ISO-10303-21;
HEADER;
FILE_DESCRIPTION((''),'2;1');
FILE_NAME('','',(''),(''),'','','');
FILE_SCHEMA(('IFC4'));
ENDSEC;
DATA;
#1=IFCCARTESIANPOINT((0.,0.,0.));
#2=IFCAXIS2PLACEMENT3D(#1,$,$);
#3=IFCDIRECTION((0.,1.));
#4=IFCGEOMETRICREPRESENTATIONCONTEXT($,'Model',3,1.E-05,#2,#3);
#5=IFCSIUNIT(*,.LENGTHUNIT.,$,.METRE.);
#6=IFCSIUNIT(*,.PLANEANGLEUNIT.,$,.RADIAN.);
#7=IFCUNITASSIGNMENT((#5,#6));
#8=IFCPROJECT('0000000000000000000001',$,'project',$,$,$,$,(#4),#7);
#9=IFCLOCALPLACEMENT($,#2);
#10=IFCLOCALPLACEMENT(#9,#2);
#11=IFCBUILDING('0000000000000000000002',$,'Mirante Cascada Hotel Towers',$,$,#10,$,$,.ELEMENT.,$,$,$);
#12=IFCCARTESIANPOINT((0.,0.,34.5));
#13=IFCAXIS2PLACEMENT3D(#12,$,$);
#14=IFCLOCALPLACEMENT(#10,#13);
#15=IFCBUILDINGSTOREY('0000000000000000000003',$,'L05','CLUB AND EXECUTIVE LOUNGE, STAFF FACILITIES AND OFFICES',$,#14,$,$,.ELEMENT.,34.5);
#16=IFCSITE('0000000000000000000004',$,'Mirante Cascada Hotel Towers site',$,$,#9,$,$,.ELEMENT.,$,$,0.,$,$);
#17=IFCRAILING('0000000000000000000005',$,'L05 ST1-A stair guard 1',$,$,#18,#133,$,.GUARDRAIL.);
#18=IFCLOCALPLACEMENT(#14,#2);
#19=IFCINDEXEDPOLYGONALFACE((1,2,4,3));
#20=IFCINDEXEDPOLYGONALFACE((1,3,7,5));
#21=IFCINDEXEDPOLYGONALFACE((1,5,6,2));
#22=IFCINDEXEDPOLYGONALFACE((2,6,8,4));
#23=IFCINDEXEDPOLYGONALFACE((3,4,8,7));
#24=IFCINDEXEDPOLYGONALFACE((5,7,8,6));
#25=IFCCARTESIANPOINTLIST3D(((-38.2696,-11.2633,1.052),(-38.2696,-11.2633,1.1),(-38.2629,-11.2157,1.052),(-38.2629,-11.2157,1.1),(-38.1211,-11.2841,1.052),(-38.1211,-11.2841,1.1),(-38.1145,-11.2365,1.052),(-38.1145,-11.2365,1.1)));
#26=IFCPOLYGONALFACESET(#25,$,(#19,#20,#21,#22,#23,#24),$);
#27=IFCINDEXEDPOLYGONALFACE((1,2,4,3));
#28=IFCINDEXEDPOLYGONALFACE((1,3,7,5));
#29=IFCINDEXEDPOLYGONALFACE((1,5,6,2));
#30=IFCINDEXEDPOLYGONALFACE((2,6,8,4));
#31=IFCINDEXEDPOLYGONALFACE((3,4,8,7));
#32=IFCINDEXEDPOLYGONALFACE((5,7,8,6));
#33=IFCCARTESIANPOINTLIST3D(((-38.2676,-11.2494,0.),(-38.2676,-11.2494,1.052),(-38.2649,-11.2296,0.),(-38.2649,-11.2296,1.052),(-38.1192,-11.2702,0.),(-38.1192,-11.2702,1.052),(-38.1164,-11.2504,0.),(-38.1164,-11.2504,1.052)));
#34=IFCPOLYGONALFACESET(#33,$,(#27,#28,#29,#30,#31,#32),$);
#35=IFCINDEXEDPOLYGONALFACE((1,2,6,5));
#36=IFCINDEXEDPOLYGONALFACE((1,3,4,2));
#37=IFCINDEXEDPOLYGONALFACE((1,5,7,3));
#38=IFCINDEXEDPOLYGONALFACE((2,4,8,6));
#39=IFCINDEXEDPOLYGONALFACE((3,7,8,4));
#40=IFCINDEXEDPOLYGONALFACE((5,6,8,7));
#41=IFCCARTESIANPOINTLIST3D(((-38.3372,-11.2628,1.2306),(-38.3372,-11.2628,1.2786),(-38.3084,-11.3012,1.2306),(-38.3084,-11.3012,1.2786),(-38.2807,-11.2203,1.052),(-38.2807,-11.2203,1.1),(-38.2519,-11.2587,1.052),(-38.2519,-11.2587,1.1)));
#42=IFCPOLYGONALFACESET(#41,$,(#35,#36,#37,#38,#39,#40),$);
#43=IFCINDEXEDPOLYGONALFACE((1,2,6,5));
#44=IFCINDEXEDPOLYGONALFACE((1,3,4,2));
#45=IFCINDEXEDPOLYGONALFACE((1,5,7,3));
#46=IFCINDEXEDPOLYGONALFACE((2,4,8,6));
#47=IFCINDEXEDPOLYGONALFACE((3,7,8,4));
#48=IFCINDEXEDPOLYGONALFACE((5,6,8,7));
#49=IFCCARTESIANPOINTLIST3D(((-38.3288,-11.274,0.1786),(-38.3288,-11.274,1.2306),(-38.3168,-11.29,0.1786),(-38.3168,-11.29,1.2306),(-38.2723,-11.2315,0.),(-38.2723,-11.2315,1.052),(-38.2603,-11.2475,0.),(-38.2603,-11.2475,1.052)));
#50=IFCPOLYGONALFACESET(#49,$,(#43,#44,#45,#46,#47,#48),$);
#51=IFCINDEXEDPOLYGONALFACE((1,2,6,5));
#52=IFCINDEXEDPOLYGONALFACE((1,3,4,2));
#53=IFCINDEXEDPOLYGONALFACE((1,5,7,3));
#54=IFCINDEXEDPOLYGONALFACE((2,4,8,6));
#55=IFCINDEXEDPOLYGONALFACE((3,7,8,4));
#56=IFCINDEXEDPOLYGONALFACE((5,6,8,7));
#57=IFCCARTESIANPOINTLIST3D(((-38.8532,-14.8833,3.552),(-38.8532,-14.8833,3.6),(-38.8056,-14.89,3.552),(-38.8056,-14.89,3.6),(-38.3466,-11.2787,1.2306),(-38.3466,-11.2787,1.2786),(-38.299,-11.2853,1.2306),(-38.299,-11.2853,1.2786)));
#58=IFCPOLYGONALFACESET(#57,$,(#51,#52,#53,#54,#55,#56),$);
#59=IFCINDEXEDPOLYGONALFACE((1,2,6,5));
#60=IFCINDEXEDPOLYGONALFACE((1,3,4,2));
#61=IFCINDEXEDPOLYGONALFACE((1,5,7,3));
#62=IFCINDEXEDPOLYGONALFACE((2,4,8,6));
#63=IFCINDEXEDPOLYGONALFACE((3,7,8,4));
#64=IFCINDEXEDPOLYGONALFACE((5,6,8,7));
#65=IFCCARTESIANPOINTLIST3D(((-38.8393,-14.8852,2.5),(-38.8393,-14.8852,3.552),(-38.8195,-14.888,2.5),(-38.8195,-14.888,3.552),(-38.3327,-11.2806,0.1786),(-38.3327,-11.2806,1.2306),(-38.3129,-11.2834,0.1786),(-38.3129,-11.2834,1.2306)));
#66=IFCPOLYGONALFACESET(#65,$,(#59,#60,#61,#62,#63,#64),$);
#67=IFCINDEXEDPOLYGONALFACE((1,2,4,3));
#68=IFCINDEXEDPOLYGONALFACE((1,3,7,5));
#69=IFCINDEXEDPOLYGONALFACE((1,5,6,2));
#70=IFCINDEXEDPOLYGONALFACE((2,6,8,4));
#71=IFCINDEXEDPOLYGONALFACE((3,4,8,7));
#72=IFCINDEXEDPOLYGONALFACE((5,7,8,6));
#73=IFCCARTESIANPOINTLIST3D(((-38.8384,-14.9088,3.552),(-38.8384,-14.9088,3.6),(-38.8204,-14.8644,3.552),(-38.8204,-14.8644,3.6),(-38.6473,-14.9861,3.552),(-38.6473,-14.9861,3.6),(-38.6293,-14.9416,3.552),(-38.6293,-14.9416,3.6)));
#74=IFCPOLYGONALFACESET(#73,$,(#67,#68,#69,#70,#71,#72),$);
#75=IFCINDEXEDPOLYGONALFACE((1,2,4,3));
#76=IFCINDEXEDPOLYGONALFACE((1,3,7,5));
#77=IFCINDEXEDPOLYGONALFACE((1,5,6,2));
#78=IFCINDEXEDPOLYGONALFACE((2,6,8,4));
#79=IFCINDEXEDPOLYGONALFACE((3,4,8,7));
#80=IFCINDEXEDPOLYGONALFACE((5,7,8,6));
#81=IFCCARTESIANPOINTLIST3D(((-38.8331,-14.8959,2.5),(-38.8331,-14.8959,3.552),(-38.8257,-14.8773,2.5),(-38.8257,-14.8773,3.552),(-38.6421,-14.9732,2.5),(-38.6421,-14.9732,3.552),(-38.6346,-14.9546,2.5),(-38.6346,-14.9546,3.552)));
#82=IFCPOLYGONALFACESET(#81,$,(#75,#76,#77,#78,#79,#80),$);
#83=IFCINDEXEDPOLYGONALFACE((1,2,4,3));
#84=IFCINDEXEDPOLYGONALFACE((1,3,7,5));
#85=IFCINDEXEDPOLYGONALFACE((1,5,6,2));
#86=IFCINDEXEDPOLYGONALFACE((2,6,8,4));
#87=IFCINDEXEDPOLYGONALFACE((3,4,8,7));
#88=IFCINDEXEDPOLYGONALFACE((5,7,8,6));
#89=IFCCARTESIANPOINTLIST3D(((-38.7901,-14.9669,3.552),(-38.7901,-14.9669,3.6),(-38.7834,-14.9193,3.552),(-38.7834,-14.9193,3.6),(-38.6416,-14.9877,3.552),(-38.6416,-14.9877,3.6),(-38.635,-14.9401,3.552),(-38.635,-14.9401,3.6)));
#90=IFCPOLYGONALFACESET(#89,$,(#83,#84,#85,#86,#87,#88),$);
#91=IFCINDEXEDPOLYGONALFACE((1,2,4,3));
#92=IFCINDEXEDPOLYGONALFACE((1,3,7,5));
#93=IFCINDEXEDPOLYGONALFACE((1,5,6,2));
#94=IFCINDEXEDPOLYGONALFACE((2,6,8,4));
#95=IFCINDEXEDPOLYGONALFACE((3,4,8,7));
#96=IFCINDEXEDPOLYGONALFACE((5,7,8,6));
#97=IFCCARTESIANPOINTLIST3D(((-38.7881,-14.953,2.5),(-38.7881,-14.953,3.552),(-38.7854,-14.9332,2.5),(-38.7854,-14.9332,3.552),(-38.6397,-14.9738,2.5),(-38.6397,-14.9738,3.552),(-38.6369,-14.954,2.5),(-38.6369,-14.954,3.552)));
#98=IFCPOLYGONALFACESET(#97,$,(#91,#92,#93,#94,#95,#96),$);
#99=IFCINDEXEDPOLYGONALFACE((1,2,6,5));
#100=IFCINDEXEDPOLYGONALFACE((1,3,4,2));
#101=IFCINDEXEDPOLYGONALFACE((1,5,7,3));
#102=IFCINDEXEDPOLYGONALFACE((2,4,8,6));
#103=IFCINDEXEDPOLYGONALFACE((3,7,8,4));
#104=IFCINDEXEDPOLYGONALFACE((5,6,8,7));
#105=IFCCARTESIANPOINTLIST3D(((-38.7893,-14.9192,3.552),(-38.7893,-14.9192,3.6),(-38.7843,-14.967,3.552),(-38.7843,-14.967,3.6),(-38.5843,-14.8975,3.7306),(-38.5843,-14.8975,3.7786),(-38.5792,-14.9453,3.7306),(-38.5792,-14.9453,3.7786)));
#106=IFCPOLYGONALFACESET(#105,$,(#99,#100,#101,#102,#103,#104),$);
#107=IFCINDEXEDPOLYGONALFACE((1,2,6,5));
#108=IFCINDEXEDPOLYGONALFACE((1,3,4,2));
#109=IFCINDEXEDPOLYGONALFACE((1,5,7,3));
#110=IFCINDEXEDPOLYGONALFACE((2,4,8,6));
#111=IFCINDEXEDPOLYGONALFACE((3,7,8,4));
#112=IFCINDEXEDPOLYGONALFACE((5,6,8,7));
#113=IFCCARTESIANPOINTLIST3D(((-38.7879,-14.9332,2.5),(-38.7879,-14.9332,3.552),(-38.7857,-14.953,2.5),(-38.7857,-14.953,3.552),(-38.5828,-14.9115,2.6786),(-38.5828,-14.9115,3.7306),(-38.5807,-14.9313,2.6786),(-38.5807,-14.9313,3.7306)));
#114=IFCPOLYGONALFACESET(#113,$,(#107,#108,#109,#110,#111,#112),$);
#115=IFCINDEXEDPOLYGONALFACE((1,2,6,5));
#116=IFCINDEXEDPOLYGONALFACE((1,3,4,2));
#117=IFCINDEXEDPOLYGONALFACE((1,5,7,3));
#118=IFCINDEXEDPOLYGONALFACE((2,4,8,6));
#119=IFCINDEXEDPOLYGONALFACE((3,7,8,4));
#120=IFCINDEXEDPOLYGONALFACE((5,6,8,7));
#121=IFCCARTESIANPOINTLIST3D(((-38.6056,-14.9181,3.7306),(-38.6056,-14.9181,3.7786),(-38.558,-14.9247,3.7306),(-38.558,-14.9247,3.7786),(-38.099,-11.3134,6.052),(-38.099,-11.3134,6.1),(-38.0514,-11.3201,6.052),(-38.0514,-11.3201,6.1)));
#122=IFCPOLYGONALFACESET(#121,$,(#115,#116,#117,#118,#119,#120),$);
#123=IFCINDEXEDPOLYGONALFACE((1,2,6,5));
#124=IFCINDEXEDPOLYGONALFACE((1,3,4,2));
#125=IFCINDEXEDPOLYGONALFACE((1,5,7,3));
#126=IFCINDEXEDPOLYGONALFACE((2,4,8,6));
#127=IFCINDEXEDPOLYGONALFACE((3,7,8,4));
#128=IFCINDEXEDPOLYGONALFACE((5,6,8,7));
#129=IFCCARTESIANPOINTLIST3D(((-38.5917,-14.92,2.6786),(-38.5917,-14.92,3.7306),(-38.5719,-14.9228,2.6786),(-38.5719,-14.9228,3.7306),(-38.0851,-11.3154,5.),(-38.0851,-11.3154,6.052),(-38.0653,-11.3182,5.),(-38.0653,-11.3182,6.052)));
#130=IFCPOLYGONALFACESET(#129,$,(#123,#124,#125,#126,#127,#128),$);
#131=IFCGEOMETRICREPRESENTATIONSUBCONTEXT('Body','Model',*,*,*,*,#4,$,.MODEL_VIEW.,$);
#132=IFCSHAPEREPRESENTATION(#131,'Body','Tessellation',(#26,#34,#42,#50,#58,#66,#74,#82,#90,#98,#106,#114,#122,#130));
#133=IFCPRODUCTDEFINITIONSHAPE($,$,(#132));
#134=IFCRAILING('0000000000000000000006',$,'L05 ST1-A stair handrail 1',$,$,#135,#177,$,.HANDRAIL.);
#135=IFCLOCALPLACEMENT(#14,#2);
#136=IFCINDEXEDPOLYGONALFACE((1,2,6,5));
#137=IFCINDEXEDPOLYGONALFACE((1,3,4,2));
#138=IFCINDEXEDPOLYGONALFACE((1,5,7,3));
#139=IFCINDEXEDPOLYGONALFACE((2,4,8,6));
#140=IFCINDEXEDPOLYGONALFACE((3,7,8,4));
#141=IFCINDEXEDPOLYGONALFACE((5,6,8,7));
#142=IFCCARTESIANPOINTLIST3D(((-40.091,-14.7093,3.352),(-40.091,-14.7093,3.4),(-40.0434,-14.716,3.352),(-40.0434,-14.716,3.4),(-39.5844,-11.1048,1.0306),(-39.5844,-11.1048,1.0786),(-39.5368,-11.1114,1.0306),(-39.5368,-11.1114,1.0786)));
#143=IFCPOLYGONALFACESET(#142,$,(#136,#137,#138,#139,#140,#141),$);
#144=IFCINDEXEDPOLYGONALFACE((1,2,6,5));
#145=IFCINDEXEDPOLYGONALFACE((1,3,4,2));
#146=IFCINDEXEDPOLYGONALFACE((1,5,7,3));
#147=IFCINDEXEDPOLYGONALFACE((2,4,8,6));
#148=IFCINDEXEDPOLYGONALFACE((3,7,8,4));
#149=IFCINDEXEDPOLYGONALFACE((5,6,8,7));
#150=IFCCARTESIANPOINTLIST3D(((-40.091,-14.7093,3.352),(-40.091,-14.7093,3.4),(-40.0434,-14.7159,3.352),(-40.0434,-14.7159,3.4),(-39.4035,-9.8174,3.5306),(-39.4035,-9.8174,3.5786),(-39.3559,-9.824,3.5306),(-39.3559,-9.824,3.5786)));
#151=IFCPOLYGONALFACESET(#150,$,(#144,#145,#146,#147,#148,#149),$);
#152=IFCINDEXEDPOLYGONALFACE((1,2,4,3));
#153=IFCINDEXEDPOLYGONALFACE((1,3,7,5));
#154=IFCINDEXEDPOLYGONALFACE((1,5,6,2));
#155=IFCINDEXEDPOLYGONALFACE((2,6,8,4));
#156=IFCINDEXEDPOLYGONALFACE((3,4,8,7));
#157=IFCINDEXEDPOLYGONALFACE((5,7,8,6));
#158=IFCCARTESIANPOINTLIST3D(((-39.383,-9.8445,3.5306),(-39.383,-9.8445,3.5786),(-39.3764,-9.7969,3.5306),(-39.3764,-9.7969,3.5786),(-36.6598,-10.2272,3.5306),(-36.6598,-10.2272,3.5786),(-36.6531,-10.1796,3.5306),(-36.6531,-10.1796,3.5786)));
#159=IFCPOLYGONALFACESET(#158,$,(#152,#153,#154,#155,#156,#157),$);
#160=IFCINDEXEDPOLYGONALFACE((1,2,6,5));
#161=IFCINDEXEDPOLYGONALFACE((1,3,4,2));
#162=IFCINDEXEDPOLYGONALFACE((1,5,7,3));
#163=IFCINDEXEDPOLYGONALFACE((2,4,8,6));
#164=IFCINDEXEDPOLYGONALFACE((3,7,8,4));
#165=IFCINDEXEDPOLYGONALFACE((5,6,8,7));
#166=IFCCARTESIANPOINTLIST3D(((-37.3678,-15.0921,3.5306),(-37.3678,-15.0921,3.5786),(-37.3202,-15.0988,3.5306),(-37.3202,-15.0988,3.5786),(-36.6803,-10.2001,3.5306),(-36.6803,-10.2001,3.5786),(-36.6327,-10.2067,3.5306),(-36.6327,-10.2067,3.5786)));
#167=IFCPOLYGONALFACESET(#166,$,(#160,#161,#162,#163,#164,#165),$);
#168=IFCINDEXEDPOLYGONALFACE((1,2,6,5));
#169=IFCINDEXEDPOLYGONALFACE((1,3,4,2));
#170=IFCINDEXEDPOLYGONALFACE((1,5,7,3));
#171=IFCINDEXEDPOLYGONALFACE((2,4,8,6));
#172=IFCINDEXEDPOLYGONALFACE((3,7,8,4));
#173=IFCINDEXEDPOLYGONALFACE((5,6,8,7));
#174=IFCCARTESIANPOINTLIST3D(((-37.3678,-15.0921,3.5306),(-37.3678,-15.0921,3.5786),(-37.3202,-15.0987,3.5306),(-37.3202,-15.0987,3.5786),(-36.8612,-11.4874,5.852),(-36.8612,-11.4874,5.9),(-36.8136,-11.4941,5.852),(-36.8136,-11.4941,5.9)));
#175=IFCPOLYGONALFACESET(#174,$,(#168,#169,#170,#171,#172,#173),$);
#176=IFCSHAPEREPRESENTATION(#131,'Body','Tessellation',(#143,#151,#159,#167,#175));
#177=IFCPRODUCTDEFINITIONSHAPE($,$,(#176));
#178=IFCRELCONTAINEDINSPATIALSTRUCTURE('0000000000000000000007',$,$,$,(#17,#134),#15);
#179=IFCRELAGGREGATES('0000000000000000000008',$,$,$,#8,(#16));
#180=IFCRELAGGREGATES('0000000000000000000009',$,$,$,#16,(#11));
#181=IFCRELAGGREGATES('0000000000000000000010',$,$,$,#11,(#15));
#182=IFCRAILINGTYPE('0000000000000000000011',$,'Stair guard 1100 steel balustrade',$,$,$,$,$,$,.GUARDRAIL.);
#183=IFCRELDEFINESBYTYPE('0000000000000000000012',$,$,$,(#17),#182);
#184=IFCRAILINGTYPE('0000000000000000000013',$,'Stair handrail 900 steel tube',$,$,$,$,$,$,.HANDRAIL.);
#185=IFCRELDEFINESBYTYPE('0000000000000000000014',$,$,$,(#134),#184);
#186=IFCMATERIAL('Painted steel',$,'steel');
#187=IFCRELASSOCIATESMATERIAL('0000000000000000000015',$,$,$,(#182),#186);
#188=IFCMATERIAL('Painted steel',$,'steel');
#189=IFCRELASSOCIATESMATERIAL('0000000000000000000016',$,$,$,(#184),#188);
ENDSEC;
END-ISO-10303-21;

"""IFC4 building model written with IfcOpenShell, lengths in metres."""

from ifc_helpers import new_model, si_unit, direction, frame, origin, origin_2d, place, context, subcontext, project, spatial, rectangle, extrude, material, type_object, element, save


model = new_model("IFC4")

# Units and contexts
model_context = context("Model", 3, precision=1e-05, world=origin(), true_north=direction((0.0, 1.0)))
body_context = subcontext(model_context, "Body", "Model", "MODEL_VIEW")
ifc_project = project(units=[si_unit("LENGTHUNIT", "METRE"), si_unit("PLANEANGLEUNIT", "RADIAN")], contexts=[model_context])

# Site, building, storey
site_placement = place(None, origin())
site = spatial("IfcSite", under=ifc_project, at=site_placement, Name="Mirante Cascada Hotel Towers site", CompositionType="ELEMENT", RefElevation=0.0)
building_placement = place(site_placement, origin())
building = spatial("IfcBuilding", under=site, at=building_placement, Name="Mirante Cascada Hotel Towers", CompositionType="ELEMENT")
storey_placement = place(building_placement, frame((0.0, 0.0, 34.5)))
storey = spatial("IfcBuildingStorey", under=building, at=storey_placement, Name="L05", Description="CLUB AND EXECUTIVE LOUNGE, STAFF FACILITIES AND OFFICES", CompositionType="ELEMENT", Elevation=34.5)

# Railings
ifc_material_1 = material(Name="Painted steel", Category="steel")
railing_type_1 = type_object("IfcRailingType", Name="Stair guard 1100 steel balustrade", PredefinedType="GUARDRAIL", material=ifc_material_1)
railing_1_placement = place(storey_placement, frame((-38.1178, -11.2603, 0.0)))
element("IfcRailing", 1, at=railing_1_placement, inside=storey, type_object=railing_type_1, Name="L05 ST1-A stair guard 1", PredefinedType="GUARDRAIL", context=body_context, shape_type="SweptSolid", body=[
    extrude(rectangle(XDim=0.048, YDim=0.048, at=origin_2d()), frame((0.0, 0.0, 1.076), z_axis=(-0.990333, 0.138713, 0.0), x_axis=(-0.138713, -0.990333, 0.0)), (0.0, 0.0, 1.0), 0.1499),
    extrude(rectangle(XDim=0.02, YDim=1.052, at=origin_2d()), frame((0.0, 0.0, 0.526), z_axis=(-0.990333, 0.138713, 0.0), x_axis=(-0.138713, -0.990333, 0.0)), (0.0, 0.0, 1.0), 0.1499),
    extrude(rectangle(XDim=0.048, YDim=0.048, at=origin_2d()), frame((-0.1485, 0.0208, 1.076), z_axis=(-0.79915, -0.601131, 0.0), x_axis=(0.601131, -0.79915, 0.0)), (0.0, 0.929799, 0.368067), 0.1921),
    extrude(rectangle(XDim=0.02, YDim=1.052, at=origin_2d()), frame((-0.1485, 0.0208, 0.526), z_axis=(-0.79915, -0.601131, 0.0), x_axis=(0.601131, -0.79915, 0.0)), (0.0, 0.929799, 0.368067), 0.1921),
    extrude(rectangle(XDim=0.048, YDim=0.048, at=origin_2d()), frame((-0.205, -0.0217, 1.2546), z_axis=(-0.139175, -0.990268, 0.0), x_axis=(0.990268, -0.139175, 0.0)), (0.0, 0.537703, 0.843134), 4.3173),
    extrude(rectangle(XDim=0.02, YDim=1.052, at=origin_2d()), frame((-0.205, -0.0217, 0.7046), z_axis=(-0.139175, -0.990268, 0.0), x_axis=(0.990268, -0.139175, 0.0)), (0.0, 0.537703, 0.843134), 4.3173),
    extrude(rectangle(XDim=0.048, YDim=0.048, at=origin_2d()), frame((-0.7116, -3.6263, 3.576), z_axis=(0.927031, -0.374984, 0.0), x_axis=(0.374984, 0.927031, 0.0)), (0.0, 0.0, 1.0), 0.2061),
    extrude(rectangle(XDim=0.02, YDim=1.052, at=origin_2d()), frame((-0.7116, -3.6263, 3.026), z_axis=(0.927031, -0.374984, 0.0), x_axis=(0.374984, 0.927031, 0.0)), (0.0, 0.0, 1.0), 0.2061),
    extrude(rectangle(XDim=0.048, YDim=0.048, at=origin_2d()), frame((-0.5205, -3.7036, 3.576), z_axis=(-0.990333, 0.138713, 0.0), x_axis=(-0.138713, -0.990333, 0.0)), (0.0, 0.0, 1.0), 0.1499),
    extrude(rectangle(XDim=0.02, YDim=1.052, at=origin_2d()), frame((-0.5205, -3.7036, 3.026), z_axis=(-0.990333, 0.138713, 0.0), x_axis=(-0.138713, -0.990333, 0.0)), (0.0, 0.0, 1.0), 0.1499),
    extrude(rectangle(XDim=0.048, YDim=0.048, at=origin_2d()), frame((-0.669, -3.6828, 3.576), z_axis=(0.994444, 0.105266, 0.0), x_axis=(-0.105266, 0.994444, 0.0)), (0.0, 0.654806, 0.755797), 0.2728),
    extrude(rectangle(XDim=0.02, YDim=1.052, at=origin_2d()), frame((-0.669, -3.6828, 3.026), z_axis=(0.994444, 0.105266, 0.0), x_axis=(-0.105266, 0.994444, 0.0)), (0.0, 0.654806, 0.755797), 0.2728),
    extrude(rectangle(XDim=0.048, YDim=0.048, at=origin_2d()), frame((-0.464, -3.6611, 3.7546), z_axis=(0.139175, 0.990268, 0.0), x_axis=(-0.990268, 0.139175, 0.0)), (0.0, 0.537703, 0.843134), 4.3173),
    extrude(rectangle(XDim=0.02, YDim=1.052, at=origin_2d()), frame((-0.464, -3.6611, 3.2046), z_axis=(0.139175, 0.990268, 0.0), x_axis=(-0.990268, 0.139175, 0.0)), (0.0, 0.537703, 0.843134), 4.3173),
])
ifc_material_2 = material(Name="Painted steel", Category="steel")
railing_type_2 = type_object("IfcRailingType", Name="Stair handrail 900 steel tube", PredefinedType="HANDRAIL", material=ifc_material_2)
railing_2_placement = place(storey_placement, frame((-39.5606, -11.1081, 0.1786)))
element("IfcRailing", 2, at=railing_2_placement, inside=storey, type_object=railing_type_2, Name="L05 ST1-A stair handrail 1", PredefinedType="HANDRAIL", context=body_context, shape_type="SweptSolid", body=[
    extrude(rectangle(XDim=0.048, YDim=0.048, at=origin_2d()), frame((0.0, 0.0, 0.876), z_axis=(-0.139179, -0.990267, 0.0), x_axis=(0.990267, -0.139179, 0.0)), (0.0, 0.537713, 0.843128), 4.3172),
    extrude(rectangle(XDim=0.048, YDim=0.048, at=origin_2d()), frame((-0.5066, -3.6045, 3.1974), z_axis=(0.139171, 0.990268, 0.0), x_axis=(-0.990268, 0.139171, 0.0)), (0.0, 0.03613, 0.999347), 4.9432),
    extrude(rectangle(XDim=0.048, YDim=0.048, at=origin_2d()), frame((0.1809, 1.2874, 3.376), z_axis=(0.990269, -0.139166, 0.0), x_axis=(0.139166, 0.990269, 0.0)), (0.0, 0.0, 1.0), 2.75),
    extrude(rectangle(XDim=0.048, YDim=0.048, at=origin_2d()), frame((2.9041, 0.9047, 3.376), z_axis=(-0.139168, -0.990269, 0.0), x_axis=(0.990269, -0.139168, 0.0)), (0.0, 0.0, 1.0), 4.9401),
    extrude(rectangle(XDim=0.048, YDim=0.048, at=origin_2d()), frame((2.2166, -3.9873, 3.376), z_axis=(0.139175, 0.990268, 0.0), x_axis=(-0.990268, 0.139175, 0.0)), (0.0, 0.537703, 0.843134), 4.3173),
])

save(model, "model.ifc")
